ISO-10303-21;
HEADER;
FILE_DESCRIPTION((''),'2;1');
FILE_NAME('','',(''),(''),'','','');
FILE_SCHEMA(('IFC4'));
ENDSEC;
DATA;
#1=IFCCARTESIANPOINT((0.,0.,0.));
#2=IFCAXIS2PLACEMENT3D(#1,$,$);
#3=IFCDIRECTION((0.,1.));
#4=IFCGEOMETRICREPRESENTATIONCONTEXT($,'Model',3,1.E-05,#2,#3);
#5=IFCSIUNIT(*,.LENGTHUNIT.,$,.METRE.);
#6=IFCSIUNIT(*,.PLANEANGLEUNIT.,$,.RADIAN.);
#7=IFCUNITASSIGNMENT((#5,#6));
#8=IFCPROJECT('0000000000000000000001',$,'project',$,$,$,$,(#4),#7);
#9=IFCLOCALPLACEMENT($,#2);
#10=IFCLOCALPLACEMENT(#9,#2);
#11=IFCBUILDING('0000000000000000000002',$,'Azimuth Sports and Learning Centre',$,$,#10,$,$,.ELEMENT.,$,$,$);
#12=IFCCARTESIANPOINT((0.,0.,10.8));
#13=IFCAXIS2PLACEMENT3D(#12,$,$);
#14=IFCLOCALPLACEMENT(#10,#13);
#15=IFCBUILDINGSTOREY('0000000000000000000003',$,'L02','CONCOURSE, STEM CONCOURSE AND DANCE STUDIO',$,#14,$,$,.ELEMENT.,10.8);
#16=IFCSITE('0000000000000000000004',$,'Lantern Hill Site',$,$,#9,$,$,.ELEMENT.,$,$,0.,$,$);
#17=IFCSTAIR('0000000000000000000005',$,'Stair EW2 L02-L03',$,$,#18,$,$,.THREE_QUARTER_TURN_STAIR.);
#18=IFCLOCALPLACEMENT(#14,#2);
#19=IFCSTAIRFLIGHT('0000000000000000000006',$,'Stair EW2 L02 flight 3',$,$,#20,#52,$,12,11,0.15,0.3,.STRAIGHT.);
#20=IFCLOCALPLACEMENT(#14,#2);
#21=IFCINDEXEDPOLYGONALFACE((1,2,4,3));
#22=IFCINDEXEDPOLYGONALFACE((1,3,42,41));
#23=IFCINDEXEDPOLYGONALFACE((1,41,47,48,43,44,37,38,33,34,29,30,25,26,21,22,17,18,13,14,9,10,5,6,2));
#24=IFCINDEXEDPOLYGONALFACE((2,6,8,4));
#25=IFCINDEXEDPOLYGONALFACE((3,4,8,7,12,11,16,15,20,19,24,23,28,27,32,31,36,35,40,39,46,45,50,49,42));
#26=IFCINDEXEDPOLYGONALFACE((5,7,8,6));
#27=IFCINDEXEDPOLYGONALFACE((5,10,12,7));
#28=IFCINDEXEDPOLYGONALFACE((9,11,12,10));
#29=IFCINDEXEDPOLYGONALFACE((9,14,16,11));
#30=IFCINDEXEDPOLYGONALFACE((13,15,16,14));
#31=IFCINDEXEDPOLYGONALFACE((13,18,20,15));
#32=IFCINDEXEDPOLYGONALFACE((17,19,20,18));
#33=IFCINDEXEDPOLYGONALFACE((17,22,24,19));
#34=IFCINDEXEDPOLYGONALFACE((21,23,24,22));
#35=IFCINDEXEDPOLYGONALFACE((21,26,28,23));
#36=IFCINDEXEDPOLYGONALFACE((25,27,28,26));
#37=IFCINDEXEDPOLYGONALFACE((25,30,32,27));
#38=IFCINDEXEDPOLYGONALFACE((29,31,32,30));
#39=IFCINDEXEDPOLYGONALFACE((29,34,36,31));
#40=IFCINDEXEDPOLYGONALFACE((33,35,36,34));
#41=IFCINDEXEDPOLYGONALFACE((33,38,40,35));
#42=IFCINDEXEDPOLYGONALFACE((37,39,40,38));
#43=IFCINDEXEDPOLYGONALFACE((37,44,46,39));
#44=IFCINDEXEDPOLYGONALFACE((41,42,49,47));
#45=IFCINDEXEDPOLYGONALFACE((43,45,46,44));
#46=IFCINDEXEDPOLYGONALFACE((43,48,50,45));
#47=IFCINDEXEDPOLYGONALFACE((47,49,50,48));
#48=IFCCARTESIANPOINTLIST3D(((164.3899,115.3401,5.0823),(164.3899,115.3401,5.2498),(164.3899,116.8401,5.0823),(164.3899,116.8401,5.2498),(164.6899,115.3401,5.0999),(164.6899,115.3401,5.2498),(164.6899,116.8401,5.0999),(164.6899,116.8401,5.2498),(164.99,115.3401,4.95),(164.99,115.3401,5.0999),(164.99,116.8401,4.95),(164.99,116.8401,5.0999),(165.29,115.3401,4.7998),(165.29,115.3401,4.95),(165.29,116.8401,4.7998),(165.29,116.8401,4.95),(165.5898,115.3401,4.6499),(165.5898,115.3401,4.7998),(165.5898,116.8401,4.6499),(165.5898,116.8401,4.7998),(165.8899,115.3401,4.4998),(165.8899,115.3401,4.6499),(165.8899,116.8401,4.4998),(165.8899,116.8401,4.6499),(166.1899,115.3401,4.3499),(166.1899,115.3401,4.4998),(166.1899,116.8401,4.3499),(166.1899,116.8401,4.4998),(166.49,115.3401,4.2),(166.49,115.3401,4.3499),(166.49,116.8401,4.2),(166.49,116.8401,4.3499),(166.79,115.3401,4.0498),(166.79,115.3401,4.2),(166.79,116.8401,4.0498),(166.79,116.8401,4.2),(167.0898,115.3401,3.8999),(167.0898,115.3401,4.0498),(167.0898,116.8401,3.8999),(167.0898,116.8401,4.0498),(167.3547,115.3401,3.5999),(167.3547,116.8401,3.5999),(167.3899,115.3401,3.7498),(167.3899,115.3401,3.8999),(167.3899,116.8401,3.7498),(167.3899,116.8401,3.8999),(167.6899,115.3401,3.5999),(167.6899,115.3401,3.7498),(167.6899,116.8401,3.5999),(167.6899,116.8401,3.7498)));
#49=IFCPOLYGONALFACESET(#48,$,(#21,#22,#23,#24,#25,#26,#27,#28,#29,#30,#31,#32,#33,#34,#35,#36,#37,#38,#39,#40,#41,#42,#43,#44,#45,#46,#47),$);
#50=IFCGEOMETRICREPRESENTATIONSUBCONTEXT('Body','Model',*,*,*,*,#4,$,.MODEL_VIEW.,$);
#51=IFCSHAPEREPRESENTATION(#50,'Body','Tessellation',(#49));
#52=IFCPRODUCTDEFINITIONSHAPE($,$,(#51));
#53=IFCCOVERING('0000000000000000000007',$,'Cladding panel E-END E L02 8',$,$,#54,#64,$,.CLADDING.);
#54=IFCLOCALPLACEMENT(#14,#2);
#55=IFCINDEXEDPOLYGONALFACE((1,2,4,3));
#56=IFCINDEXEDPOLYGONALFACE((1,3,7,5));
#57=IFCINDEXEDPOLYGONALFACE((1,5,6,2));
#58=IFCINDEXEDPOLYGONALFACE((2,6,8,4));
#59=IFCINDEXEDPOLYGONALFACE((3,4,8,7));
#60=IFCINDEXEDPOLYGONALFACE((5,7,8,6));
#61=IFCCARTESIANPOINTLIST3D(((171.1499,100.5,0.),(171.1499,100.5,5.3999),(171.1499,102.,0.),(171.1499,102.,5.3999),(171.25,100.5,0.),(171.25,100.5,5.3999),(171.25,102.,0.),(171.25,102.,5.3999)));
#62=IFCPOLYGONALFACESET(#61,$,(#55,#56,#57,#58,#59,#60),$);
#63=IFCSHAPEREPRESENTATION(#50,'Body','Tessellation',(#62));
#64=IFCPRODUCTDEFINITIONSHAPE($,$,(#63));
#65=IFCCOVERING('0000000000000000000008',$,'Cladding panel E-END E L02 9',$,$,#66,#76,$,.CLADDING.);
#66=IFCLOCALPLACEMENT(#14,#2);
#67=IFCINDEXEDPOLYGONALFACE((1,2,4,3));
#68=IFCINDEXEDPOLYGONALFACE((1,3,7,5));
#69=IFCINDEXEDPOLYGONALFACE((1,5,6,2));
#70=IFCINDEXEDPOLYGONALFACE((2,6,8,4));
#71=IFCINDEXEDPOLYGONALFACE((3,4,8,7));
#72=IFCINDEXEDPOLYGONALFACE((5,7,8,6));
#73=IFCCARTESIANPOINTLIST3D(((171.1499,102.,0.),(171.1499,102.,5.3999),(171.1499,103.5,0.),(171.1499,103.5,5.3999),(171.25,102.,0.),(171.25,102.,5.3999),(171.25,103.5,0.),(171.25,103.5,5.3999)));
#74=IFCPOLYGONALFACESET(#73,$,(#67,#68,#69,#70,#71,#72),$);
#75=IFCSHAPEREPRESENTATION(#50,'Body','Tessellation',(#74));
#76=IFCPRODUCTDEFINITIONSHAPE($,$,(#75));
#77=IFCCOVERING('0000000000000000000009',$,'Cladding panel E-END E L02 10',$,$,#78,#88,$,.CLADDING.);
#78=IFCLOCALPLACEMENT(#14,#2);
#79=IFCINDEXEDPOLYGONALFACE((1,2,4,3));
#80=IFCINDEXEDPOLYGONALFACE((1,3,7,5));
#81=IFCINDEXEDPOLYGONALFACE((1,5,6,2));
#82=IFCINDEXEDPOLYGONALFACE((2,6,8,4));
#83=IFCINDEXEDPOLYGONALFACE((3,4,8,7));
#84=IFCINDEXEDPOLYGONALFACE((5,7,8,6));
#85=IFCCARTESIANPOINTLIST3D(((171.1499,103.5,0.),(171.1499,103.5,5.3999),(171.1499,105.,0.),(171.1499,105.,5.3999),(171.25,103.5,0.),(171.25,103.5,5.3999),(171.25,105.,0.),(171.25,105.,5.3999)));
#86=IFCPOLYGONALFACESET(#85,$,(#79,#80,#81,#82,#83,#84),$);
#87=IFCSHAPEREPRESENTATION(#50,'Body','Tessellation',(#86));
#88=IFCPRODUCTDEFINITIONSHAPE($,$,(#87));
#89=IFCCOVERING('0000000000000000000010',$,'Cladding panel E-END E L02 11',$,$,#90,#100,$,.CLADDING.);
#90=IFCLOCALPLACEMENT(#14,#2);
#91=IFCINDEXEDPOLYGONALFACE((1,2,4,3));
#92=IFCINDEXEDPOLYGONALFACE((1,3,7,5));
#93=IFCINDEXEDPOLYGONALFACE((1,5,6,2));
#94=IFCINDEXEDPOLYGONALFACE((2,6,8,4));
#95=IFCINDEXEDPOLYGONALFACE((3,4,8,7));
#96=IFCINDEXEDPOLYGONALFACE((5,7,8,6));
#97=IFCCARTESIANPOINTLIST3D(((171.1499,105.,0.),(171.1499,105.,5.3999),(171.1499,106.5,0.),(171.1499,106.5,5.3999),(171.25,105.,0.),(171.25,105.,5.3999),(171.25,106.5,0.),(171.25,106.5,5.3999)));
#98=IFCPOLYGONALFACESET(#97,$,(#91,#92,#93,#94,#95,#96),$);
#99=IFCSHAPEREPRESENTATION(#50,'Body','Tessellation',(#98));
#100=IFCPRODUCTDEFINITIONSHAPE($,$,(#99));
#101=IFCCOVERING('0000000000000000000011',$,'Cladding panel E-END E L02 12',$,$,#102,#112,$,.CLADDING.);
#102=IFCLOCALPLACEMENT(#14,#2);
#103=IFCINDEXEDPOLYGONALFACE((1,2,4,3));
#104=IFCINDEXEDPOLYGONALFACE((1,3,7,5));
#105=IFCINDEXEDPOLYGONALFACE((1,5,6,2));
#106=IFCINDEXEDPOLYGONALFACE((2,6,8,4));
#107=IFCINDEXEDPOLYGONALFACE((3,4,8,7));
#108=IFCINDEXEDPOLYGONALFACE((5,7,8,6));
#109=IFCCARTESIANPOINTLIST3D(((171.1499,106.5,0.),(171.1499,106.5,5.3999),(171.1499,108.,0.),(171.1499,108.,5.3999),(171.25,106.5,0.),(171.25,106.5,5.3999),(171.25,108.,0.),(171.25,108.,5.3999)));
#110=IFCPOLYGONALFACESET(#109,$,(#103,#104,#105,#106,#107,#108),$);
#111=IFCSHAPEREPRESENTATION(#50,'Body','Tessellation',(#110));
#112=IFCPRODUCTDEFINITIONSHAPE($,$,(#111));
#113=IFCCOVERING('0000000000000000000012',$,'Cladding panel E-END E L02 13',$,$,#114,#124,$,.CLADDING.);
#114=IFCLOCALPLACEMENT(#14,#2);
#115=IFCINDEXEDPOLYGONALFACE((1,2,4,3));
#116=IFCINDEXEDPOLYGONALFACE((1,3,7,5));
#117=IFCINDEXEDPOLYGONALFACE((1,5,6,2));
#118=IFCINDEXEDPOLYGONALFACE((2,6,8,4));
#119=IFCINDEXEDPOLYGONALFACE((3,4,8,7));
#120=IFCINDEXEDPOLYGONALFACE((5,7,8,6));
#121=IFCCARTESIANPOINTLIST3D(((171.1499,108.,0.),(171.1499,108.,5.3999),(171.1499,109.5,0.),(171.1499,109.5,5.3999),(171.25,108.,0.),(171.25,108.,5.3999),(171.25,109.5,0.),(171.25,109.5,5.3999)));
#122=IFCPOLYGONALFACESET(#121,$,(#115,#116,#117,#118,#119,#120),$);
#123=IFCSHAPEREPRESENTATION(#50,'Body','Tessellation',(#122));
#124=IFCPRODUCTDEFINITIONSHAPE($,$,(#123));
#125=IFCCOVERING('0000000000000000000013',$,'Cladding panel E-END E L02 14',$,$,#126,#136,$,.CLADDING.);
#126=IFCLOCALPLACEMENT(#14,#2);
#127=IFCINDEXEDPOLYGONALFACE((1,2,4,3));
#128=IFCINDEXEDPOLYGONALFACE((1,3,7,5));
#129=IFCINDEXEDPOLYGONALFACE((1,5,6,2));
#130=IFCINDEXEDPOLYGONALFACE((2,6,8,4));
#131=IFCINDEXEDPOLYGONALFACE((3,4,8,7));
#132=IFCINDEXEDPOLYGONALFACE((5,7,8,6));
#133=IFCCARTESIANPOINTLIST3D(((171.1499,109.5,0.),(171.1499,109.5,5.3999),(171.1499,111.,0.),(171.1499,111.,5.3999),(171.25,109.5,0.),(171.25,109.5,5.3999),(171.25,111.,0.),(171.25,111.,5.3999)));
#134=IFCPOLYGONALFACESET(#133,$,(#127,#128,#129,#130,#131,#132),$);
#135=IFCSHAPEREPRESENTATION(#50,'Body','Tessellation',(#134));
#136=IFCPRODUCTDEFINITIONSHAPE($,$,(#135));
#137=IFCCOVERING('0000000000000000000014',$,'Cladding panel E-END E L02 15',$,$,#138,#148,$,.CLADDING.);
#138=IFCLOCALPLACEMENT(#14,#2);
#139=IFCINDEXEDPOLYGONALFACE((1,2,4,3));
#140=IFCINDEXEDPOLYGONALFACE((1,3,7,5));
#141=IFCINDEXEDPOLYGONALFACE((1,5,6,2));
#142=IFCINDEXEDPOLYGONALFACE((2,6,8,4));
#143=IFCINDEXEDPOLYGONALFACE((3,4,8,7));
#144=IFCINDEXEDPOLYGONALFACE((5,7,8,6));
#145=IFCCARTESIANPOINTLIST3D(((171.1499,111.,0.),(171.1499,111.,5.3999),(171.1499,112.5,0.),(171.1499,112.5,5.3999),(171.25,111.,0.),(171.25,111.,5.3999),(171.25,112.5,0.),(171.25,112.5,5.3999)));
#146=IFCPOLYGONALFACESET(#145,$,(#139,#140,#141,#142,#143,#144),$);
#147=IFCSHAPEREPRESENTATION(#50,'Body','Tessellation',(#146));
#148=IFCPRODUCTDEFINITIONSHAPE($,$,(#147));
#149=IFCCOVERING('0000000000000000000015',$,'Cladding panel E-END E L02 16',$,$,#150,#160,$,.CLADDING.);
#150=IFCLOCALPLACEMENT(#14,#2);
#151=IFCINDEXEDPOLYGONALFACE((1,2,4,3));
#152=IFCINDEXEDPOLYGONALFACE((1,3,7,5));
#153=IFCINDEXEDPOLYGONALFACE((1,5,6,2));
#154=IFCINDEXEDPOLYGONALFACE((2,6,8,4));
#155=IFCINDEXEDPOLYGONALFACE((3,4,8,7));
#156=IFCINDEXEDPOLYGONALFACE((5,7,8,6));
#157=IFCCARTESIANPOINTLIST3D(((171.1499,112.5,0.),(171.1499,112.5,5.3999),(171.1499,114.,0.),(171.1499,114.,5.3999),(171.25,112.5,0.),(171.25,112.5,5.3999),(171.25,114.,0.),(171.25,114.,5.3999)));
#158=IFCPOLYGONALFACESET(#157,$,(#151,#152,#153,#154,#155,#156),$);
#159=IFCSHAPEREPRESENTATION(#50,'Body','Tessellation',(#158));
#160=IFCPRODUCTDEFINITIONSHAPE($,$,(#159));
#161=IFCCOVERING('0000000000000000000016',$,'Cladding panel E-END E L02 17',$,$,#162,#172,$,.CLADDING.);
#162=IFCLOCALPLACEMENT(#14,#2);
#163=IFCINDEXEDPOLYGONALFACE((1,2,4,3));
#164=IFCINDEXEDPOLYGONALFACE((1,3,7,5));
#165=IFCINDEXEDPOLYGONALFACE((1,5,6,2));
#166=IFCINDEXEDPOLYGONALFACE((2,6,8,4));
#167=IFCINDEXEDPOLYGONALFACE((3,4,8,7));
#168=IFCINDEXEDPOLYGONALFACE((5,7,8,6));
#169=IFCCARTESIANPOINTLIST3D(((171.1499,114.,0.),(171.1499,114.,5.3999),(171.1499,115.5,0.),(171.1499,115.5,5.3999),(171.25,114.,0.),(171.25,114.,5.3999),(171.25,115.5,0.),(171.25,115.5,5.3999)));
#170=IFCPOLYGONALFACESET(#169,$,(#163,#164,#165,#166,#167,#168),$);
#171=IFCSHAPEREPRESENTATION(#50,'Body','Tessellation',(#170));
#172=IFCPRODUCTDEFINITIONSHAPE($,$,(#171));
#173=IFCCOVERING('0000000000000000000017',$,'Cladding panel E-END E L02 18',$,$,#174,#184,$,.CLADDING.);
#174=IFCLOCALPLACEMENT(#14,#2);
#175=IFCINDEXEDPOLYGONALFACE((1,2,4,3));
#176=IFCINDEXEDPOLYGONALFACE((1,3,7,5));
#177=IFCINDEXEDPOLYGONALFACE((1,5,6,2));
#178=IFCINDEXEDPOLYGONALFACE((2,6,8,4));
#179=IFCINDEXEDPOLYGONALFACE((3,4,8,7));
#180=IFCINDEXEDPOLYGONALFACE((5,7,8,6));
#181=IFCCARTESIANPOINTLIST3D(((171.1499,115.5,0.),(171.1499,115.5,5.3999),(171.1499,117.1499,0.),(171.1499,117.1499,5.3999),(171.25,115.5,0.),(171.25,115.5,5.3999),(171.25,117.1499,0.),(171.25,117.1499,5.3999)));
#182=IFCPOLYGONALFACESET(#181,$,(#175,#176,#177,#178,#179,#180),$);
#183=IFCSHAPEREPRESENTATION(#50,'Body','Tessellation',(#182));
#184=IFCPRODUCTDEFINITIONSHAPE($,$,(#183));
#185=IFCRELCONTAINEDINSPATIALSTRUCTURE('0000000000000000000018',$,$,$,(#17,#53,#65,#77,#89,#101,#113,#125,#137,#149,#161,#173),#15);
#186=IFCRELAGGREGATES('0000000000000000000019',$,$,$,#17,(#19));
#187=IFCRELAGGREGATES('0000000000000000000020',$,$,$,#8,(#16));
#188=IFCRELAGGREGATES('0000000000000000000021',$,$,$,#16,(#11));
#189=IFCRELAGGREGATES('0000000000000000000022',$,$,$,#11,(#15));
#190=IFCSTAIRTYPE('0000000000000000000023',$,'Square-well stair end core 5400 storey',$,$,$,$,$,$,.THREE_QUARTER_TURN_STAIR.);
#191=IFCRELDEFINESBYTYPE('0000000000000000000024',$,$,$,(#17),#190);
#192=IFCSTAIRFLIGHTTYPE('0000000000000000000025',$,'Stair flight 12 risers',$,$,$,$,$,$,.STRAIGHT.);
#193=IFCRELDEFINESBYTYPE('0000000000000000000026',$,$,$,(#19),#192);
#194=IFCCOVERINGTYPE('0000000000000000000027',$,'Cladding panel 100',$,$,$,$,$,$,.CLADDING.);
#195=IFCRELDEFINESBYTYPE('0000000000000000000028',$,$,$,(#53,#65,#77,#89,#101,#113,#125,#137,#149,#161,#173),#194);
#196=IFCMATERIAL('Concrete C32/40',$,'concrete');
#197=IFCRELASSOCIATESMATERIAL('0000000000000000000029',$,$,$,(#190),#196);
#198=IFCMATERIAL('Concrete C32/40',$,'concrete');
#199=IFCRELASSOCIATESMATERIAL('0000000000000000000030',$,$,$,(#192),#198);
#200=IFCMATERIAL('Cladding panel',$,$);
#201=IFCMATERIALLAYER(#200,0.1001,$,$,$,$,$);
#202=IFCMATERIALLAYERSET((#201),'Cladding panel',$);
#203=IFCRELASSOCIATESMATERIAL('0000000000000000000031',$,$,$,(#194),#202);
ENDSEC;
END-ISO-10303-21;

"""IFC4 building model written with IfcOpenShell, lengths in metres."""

from ifc_helpers import new_model, si_unit, direction, frame, origin, origin_2d, place, context, subcontext, project, spatial, polyline, rectangle, outline, extrude, material, layer, layer_set, type_object, element, aggregate, save


model = new_model("IFC4")

# Units and contexts
model_context = context("Model", 3, precision=1e-05, world=origin(), true_north=direction((0.0, 1.0)))
body_context = subcontext(model_context, "Body", "Model", "MODEL_VIEW")
ifc_project = project(units=[si_unit("LENGTHUNIT", "METRE"), si_unit("PLANEANGLEUNIT", "RADIAN")], contexts=[model_context])

# Site, building, storey
site_placement = place(None, origin())
site = spatial("IfcSite", under=ifc_project, at=site_placement, Name="Lantern Hill Site", CompositionType="ELEMENT", RefElevation=0.0)
building_placement = place(site_placement, origin())
building = spatial("IfcBuilding", under=site, at=building_placement, Name="Azimuth Sports and Learning Centre", CompositionType="ELEMENT")
storey_placement = place(building_placement, frame((0.0, 0.0, 10.8)))
storey = spatial("IfcBuildingStorey", under=building, at=storey_placement, Name="L02", Description="CONCOURSE, STEM CONCOURSE AND DANCE STUDIO", CompositionType="ELEMENT", Elevation=10.8)

# Stair, stair flight
ifc_material_1 = material(Name="Concrete C32/40", Category="concrete")
stair_type = type_object("IfcStairType", Name="Square-well stair end core 5400 storey", PredefinedType="THREE_QUARTER_TURN_STAIR", material=ifc_material_1)
stair_placement = place(storey_placement, origin())
stair = element("IfcStair", 1, at=stair_placement, inside=storey, type_object=stair_type, Name="Stair EW2 L02-L03", PredefinedType="THREE_QUARTER_TURN_STAIR")
ifc_material_2 = material(Name="Concrete C32/40", Category="concrete")
stair_flight_type = type_object("IfcStairFlightType", Name="Stair flight 12 risers", PredefinedType="STRAIGHT", material=ifc_material_2)
stair_flight_1_placement = place(storey_placement, frame((167.6899, 116.0901, 3.5999), z_axis=(0.0, 0.0, 1.0), x_axis=(-1.0, 0.0, 0.0)))
stair_flight_1 = element("IfcStairFlight", 2, at=stair_flight_1_placement, type_object=stair_flight_type, Name="Stair EW2 L02 flight 3", NumberOfRisers=12, NumberOfTreads=11, PredefinedType="STRAIGHT", RiserHeight=0.15, TreadLength=0.3, context=body_context, shape_type="SweptSolid", body=[
    extrude(outline(polyline([(0.0, 0.0), (0.0, 0.1499), (0.3, 0.1499), (0.3, 0.3), (0.6001, 0.3), (0.6001, 0.45), (0.8999, 0.45), (0.8999, 0.6001), (1.2, 0.6001), (1.2, 0.75), (1.5, 0.75), (1.5, 0.8999), (1.8, 0.8999), (1.8, 1.05), (2.1001, 1.05), (2.1001, 1.2), (2.3999, 1.2), (2.3999, 1.3501), (2.7, 1.3501), (2.7, 1.5), (3.0, 1.5), (3.0, 1.6499), (3.3, 1.6499), (3.3, 1.8), (3.3, 1.4824), (0.3352, 0.0), (0.0, 0.0)])), frame((0.0, 0.75, 0.0), z_axis=(0.0, -1.0, 0.0), x_axis=(1.0, 0.0, 0.0)), (0.0, 0.0, 1.0), 1.5),
])
aggregate(stair, [stair_flight_1])

# Coverings
ifc_material_3 = material(Name="Cladding panel")
ifc_layer_1 = layer(ifc_material_3, 0.1001)
ifc_layer_set_1 = layer_set([ifc_layer_1], Name="Cladding panel")
covering_type = type_object("IfcCoveringType", Name="Cladding panel 100", PredefinedType="CLADDING", material=ifc_layer_set_1)
for number, where, z_axis, x_axis, name in (
    (3, (171.2, 101.25, 0.0), (0.0, 0.0, 1.0), (0.0, 1.0, 0.0), "Cladding panel E-END E L02 8"),
    (4, (171.2, 102.75, 0.0), (0.0, 0.0, 1.0), (0.0, 1.0, 0.0), "Cladding panel E-END E L02 9"),
    (5, (171.2, 104.25, 0.0), (0.0, 0.0, 1.0), (0.0, 1.0, 0.0), "Cladding panel E-END E L02 10"),
    (6, (171.2, 105.75, 0.0), (0.0, 0.0, 1.0), (0.0, 1.0, 0.0), "Cladding panel E-END E L02 11"),
    (7, (171.2, 107.25, 0.0), (0.0, 0.0, 1.0), (0.0, 1.0, 0.0), "Cladding panel E-END E L02 12"),
    (8, (171.2, 108.75, 0.0), (0.0, 0.0, 1.0), (0.0, 1.0, 0.0), "Cladding panel E-END E L02 13"),
    (9, (171.2, 110.25, 0.0), (0.0, 0.0, 1.0), (0.0, 1.0, 0.0), "Cladding panel E-END E L02 14"),
    (10, (171.2, 111.75, 0.0), (0.0, 0.0, 1.0), (0.0, 1.0, 0.0), "Cladding panel E-END E L02 15"),
    (11, (171.2, 113.25, 0.0), (0.0, 0.0, 1.0), (0.0, 1.0, 0.0), "Cladding panel E-END E L02 16"),
    (12, (171.2, 114.75, 0.0), (0.0, 0.0, 1.0), (0.0, 1.0, 0.0), "Cladding panel E-END E L02 17"),
):
    element("IfcCovering", number, at=place(storey_placement, frame(where, z_axis=z_axis, x_axis=x_axis)), inside=storey, type_object=covering_type, Name=name, PredefinedType="CLADDING", context=body_context, shape_type="SweptSolid", body=[
        extrude(rectangle(XDim=1.5, YDim=0.1001, at=origin_2d()), origin(), (0.0, 0.0, 1.0), 5.3999),
    ])
covering_placement = place(storey_placement, frame((171.2, 116.325, 0.0), z_axis=(0.0, 0.0, 1.0), x_axis=(0.0, 1.0, 0.0)))
element("IfcCovering", 13, at=covering_placement, inside=storey, type_object=covering_type, Name="Cladding panel E-END E L02 18", PredefinedType="CLADDING", context=body_context, shape_type="SweptSolid", body=[
    extrude(rectangle(XDim=1.6499, YDim=0.1001, at=origin_2d()), origin(), (0.0, 0.0, 1.0), 5.3999),
])

save(model, "model.ifc")
